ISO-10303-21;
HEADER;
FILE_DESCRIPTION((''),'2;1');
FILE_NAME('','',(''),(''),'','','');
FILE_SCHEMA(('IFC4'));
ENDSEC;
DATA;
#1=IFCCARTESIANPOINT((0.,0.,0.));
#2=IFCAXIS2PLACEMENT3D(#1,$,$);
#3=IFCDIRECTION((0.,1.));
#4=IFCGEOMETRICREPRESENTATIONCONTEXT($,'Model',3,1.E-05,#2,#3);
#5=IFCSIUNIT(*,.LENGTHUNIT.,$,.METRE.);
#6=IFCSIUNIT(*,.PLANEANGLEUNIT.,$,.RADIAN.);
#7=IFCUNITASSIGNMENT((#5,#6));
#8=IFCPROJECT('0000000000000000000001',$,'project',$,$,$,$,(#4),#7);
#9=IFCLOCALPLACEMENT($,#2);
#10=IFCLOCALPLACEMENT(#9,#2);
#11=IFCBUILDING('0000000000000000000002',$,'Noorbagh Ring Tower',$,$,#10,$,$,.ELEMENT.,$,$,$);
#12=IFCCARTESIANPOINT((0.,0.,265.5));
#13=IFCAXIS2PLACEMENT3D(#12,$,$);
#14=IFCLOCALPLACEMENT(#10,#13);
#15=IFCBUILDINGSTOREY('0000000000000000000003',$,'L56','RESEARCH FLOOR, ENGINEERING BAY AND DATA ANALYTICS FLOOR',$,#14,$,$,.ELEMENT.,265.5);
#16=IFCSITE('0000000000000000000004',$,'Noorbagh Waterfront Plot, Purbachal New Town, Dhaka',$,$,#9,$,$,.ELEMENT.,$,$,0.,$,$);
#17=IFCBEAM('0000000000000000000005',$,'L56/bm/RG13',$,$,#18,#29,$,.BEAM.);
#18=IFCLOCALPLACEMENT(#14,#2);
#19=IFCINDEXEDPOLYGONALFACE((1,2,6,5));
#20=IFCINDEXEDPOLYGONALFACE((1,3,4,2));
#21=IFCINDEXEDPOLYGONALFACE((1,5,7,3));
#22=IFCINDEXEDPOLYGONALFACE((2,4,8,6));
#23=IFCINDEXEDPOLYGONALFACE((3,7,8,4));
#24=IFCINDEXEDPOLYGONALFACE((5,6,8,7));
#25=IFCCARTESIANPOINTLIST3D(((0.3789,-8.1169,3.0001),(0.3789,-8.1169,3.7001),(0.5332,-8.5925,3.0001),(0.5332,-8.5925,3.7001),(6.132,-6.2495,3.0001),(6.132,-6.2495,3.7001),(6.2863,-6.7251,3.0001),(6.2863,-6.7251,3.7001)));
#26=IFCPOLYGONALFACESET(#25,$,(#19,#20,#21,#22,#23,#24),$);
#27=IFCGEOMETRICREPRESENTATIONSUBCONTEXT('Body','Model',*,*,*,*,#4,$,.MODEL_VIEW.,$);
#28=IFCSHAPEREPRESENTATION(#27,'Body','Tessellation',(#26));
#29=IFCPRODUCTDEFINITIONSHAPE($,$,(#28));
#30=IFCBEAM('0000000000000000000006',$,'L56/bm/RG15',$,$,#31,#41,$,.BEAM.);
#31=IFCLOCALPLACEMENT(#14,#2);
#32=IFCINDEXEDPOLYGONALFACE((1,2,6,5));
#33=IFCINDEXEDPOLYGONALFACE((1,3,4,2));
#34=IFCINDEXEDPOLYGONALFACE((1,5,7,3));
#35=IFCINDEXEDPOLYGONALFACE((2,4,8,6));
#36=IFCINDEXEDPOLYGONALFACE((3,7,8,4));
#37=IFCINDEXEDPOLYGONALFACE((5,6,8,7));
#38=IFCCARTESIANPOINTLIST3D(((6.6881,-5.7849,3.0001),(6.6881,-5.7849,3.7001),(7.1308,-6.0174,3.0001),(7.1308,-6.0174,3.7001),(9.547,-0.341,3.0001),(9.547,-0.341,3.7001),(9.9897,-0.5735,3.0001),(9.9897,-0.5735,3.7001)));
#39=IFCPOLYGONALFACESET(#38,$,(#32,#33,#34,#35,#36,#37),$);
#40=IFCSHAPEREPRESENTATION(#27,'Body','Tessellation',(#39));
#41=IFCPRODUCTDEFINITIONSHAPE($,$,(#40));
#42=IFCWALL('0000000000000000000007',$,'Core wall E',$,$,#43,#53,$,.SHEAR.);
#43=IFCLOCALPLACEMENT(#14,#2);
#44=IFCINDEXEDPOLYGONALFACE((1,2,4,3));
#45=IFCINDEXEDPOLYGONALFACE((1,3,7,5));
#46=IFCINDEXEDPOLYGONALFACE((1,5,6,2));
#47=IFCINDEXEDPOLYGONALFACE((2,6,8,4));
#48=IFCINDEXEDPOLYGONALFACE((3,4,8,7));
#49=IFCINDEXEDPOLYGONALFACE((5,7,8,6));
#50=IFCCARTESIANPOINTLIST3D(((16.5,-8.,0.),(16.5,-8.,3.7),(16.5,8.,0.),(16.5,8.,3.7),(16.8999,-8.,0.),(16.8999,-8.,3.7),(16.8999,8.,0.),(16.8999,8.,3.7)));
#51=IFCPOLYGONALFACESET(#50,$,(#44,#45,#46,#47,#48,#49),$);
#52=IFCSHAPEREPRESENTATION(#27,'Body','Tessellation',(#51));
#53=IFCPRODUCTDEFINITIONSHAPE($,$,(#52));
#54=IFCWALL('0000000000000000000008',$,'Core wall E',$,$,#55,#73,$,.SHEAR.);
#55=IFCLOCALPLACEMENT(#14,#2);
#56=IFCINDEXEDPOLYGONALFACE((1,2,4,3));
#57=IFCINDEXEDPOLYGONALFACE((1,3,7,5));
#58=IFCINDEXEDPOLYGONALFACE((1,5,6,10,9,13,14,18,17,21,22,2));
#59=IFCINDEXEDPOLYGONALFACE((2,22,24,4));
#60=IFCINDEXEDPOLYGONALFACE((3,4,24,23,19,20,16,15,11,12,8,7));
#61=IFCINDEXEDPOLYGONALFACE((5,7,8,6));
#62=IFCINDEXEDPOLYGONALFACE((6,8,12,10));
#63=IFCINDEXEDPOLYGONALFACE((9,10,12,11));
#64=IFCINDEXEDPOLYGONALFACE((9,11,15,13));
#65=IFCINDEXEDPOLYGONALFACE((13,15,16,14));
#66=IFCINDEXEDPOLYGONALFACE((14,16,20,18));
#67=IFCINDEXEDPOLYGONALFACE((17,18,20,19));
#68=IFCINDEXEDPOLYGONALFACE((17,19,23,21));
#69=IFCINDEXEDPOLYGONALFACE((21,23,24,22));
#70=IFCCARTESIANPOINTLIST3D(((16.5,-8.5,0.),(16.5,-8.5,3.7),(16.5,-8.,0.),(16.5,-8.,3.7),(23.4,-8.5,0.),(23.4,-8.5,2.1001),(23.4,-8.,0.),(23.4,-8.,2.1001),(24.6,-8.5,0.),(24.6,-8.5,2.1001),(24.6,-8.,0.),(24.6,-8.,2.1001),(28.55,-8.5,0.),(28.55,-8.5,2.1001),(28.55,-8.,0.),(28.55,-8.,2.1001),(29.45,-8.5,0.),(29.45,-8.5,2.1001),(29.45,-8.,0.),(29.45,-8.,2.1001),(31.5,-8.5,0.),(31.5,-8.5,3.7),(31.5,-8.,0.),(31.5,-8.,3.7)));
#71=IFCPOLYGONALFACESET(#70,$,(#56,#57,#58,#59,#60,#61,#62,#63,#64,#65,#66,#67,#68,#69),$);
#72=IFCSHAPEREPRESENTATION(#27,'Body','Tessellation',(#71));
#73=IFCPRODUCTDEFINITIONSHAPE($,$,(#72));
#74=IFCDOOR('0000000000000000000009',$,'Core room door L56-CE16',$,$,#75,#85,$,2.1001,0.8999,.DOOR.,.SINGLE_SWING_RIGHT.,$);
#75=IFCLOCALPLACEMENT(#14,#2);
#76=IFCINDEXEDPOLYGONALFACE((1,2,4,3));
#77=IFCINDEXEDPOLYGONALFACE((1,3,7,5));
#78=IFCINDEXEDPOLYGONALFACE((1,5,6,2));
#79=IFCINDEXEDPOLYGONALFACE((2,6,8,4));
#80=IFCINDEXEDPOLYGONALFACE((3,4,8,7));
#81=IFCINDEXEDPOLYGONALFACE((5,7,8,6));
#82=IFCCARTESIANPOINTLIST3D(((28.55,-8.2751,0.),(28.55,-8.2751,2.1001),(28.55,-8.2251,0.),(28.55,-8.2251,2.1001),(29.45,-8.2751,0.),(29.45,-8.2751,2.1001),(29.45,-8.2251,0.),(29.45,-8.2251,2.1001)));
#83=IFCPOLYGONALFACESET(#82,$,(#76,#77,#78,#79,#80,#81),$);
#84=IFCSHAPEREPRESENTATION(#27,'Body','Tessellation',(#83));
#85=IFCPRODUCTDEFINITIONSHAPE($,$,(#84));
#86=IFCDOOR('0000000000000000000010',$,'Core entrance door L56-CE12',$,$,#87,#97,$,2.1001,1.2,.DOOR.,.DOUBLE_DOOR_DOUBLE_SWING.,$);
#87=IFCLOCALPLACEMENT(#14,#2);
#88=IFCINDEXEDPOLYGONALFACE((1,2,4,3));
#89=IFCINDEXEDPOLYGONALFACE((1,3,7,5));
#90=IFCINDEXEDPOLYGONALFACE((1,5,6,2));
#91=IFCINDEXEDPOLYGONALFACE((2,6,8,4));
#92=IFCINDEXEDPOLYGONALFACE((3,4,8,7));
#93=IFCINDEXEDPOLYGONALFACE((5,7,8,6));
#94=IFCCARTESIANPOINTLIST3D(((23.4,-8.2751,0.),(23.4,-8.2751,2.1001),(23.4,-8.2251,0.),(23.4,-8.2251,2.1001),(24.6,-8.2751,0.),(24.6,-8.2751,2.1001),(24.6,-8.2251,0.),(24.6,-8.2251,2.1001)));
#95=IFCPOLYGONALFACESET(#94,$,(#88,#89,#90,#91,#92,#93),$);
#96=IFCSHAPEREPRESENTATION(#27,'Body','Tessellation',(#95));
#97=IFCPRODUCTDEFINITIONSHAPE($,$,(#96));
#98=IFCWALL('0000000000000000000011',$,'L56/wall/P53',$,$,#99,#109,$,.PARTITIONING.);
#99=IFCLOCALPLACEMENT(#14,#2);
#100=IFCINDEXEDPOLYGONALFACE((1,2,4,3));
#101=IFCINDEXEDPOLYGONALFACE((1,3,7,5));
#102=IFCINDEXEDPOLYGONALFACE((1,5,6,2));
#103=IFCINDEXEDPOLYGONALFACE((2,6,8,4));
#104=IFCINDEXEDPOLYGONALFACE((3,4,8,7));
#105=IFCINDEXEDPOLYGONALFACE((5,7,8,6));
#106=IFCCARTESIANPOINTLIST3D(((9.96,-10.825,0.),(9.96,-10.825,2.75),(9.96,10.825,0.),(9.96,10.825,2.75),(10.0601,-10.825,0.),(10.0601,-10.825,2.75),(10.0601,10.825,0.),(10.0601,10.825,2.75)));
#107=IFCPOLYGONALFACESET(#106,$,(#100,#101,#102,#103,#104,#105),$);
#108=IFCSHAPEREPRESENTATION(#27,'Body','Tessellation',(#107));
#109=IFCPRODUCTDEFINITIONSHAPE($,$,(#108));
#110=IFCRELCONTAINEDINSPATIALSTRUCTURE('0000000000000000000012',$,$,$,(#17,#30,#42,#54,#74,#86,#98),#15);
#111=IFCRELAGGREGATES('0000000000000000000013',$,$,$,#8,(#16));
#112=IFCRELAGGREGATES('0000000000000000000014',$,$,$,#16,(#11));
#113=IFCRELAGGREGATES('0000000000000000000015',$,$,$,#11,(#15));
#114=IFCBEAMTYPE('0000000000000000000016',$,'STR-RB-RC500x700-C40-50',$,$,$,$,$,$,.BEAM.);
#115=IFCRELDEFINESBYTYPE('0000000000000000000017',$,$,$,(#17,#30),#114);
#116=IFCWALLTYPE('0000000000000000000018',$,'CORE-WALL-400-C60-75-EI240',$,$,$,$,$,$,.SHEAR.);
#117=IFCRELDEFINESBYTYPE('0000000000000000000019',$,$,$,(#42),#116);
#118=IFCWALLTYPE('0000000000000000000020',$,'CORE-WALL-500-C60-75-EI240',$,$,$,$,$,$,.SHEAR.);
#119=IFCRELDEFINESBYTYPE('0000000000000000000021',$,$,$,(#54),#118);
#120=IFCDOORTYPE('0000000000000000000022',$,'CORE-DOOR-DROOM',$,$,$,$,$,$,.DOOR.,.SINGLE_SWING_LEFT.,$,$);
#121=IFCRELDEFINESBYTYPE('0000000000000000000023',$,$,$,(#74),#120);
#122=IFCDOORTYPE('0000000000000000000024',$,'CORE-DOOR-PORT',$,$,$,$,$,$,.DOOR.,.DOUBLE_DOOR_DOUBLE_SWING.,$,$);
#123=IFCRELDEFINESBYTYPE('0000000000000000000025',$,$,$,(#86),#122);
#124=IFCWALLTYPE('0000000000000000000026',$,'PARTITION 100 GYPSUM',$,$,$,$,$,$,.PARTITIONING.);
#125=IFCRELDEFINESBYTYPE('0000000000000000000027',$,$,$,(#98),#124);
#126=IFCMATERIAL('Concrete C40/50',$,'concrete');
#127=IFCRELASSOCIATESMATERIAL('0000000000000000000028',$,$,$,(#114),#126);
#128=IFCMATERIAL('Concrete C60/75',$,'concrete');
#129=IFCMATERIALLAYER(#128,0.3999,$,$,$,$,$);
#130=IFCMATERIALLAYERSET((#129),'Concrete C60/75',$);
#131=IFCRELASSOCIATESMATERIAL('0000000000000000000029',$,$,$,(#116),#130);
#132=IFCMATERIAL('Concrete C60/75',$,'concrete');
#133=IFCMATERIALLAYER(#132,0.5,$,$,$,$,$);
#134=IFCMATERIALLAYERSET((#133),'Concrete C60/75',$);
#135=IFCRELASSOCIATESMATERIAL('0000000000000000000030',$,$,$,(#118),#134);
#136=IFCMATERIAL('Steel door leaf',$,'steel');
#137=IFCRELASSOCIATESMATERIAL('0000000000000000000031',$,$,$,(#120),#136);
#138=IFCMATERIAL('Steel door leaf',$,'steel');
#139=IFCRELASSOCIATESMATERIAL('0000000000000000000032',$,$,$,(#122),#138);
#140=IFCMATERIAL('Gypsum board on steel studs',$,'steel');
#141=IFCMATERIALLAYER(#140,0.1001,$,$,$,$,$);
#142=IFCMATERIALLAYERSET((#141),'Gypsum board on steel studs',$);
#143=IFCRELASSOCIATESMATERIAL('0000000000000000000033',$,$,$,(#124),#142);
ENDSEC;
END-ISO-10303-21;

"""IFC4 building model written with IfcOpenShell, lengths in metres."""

from ifc_helpers import new_model, si_unit, direction, frame, frame_2d, origin, origin_2d, place, context, subcontext, project, spatial, rectangle, extrude, material, layer, layer_set, material_profile, profile_set, type_object, element, fill, save


model = new_model("IFC4")

# Units and contexts
model_context = context("Model", 3, precision=1e-05, world=origin(), true_north=direction((0.0, 1.0)))
body_context = subcontext(model_context, "Body", "Model", "MODEL_VIEW")
ifc_project = project(units=[si_unit("LENGTHUNIT", "METRE"), si_unit("PLANEANGLEUNIT", "RADIAN")], contexts=[model_context])

# Site, building, storey
site_placement = place(None, origin())
site = spatial("IfcSite", under=ifc_project, at=site_placement, Name="Noorbagh Waterfront Plot, Purbachal New Town, Dhaka", CompositionType="ELEMENT", RefElevation=0.0)
building_placement = place(site_placement, origin())
building = spatial("IfcBuilding", under=site, at=building_placement, Name="Noorbagh Ring Tower", CompositionType="ELEMENT")
storey_placement = place(building_placement, frame((0.0, 0.0, 265.5)))
storey = spatial("IfcBuildingStorey", under=building, at=storey_placement, Name="L56", Description="RESEARCH FLOOR, ENGINEERING BAY AND DATA ANALYTICS FLOOR", CompositionType="ELEMENT", Elevation=265.5)

# Beams
ifc_material_1 = material(Name="Concrete C40/50", Category="concrete")
ifc_material_profile_1 = material_profile(ifc_material_1, rectangle(XDim=0.5, YDim=0.7, at=origin_2d()), Name="RC500x700")
ifc_profile_set_1 = profile_set([ifc_material_profile_1], Name="Concrete C40/50")
beam_type = type_object("IfcBeamType", Name="STR-RB-RC500x700-C40-50", PredefinedType="BEAM", material=ifc_profile_set_1)
beam_1_placement = place(storey_placement, frame((0.4561, -8.3547, 3.3501), z_axis=(0.951148, 0.308735, 0.0), x_axis=(-0.308735, 0.951148, 0.0)))
element("IfcBeam", 1, at=beam_1_placement, inside=storey, type_object=beam_type, Name="L56/bm/RG13", PredefinedType="BEAM", context=body_context, shape_type="SweptSolid", body=[
    extrude(rectangle(XDim=0.5, YDim=0.7, at=origin_2d()), origin(), (0.0, 0.0, 1.0), 6.0486),
])
beam_2_placement = place(storey_placement, frame((6.9094, -5.9011, 3.3501), z_axis=(0.464944, 0.88534, 0.0), x_axis=(-0.88534, 0.464944, 0.0)))
element("IfcBeam", 2, at=beam_2_placement, inside=storey, type_object=beam_type, Name="L56/bm/RG15", PredefinedType="BEAM", context=body_context, shape_type="SweptSolid", body=[
    extrude(rectangle(XDim=0.5, YDim=0.7, at=origin_2d()), origin(), (0.0, 0.0, 1.0), 6.1489),
])

# Wall
ifc_material_2 = material(Name="Concrete C60/75", Category="concrete")
ifc_layer_1 = layer(ifc_material_2, 0.3999)
ifc_layer_set_1 = layer_set([ifc_layer_1], Name="Concrete C60/75")
wall_type_1 = type_object("IfcWallType", Name="CORE-WALL-400-C60-75-EI240", PredefinedType="SHEAR", material=ifc_layer_set_1)
wall_1_placement = place(storey_placement, frame((16.7, -8.0, 0.0), z_axis=(0.0, 0.0, 1.0), x_axis=(0.0, 1.0, 0.0)))
element("IfcWall", 3, at=wall_1_placement, inside=storey, type_object=wall_type_1, Name="Core wall E", PredefinedType="SHEAR", context=body_context, shape_type="SweptSolid", body=[
    extrude(rectangle(XDim=16.0, YDim=0.3999, at=frame_2d((8.0, 0.0))), origin(), (0.0, 0.0, 1.0), 3.7),
])

# Wall, openings, doors
ifc_material_3 = material(Name="Concrete C60/75", Category="concrete")
ifc_layer_2 = layer(ifc_material_3, 0.5)
ifc_layer_set_2 = layer_set([ifc_layer_2], Name="Concrete C60/75")
wall_type_2 = type_object("IfcWallType", Name="CORE-WALL-500-C60-75-EI240", PredefinedType="SHEAR", material=ifc_layer_set_2)
wall_2_placement = place(storey_placement, frame((16.5, -8.25, 0.0), z_axis=(0.0, 0.0, 1.0), x_axis=(1.0, 0.0, 0.0)))
wall_2 = element("IfcWall", 4, at=wall_2_placement, inside=storey, type_object=wall_type_2, Name="Core wall E", PredefinedType="SHEAR", context=body_context, shape_type="SweptSolid", body=[
    extrude(rectangle(XDim=15.0, YDim=0.5, at=frame_2d((7.5, 0.0))), origin(), (0.0, 0.0, 1.0), 3.7),
])
opening_1_placement = place(wall_2_placement, frame((6.8999, 0.0, 0.0)))
opening_1 = element("IfcOpeningElement", 5, at=opening_1_placement, cuts=wall_2, PredefinedType="OPENING", context=body_context, shape_type="SweptSolid", body=[
    extrude(rectangle(XDim=1.2, YDim=2.1001, at=frame_2d((0.6001, 1.05))), frame((0.0, 0.26, 0.0), z_axis=(0.0, -1.0, 0.0), x_axis=(1.0, 0.0, 0.0)), (0.0, 0.0, 1.0), 0.52),
])
opening_2_placement = place(wall_2_placement, frame((12.05, 0.0, 0.0)))
opening_2 = element("IfcOpeningElement", 6, at=opening_2_placement, cuts=wall_2, PredefinedType="OPENING", context=body_context, shape_type="SweptSolid", body=[
    extrude(rectangle(XDim=0.8999, YDim=2.1001, at=frame_2d((0.45, 1.05))), frame((0.0, 0.26, 0.0), z_axis=(0.0, -1.0, 0.0), x_axis=(1.0, 0.0, 0.0)), (0.0, 0.0, 1.0), 0.52),
])
ifc_material_4 = material(Name="Steel door leaf", Category="steel")
door_type_1 = type_object("IfcDoorType", Name="CORE-DOOR-DROOM", OperationType="SINGLE_SWING_LEFT", PredefinedType="DOOR", material=ifc_material_4)
door_1_placement = place(opening_2_placement, origin())
door_1 = element("IfcDoor", 7, at=door_1_placement, inside=storey, type_object=door_type_1, Name="Core room door L56-CE16", OperationType="SINGLE_SWING_RIGHT", OverallHeight=2.1001, OverallWidth=0.8999, PredefinedType="DOOR", context=body_context, shape_type="SweptSolid", body=[
    extrude(rectangle(XDim=0.8999, YDim=2.1001, at=frame_2d((0.45, 1.05))), frame((0.0, 0.0249, 0.0), z_axis=(0.0, -1.0, 0.0), x_axis=(1.0, 0.0, 0.0)), (0.0, 0.0, 1.0), 0.05),
])
fill(opening_2, door_1)
ifc_material_5 = material(Name="Steel door leaf", Category="steel")
door_type_2 = type_object("IfcDoorType", Name="CORE-DOOR-PORT", OperationType="DOUBLE_DOOR_DOUBLE_SWING", PredefinedType="DOOR", material=ifc_material_5)
door_2_placement = place(opening_1_placement, origin())
door_2 = element("IfcDoor", 8, at=door_2_placement, inside=storey, type_object=door_type_2, Name="Core entrance door L56-CE12", OperationType="DOUBLE_DOOR_DOUBLE_SWING", OverallHeight=2.1001, OverallWidth=1.2, PredefinedType="DOOR", context=body_context, shape_type="SweptSolid", body=[
    extrude(rectangle(XDim=1.2, YDim=2.1001, at=frame_2d((0.6001, 1.05))), frame((0.0, 0.0249, 0.0), z_axis=(0.0, -1.0, 0.0), x_axis=(1.0, 0.0, 0.0)), (0.0, 0.0, 1.0), 0.05),
])
fill(opening_1, door_2)

# Wall
ifc_material_6 = material(Name="Gypsum board on steel studs", Category="steel")
ifc_layer_3 = layer(ifc_material_6, 0.1001)
ifc_layer_set_3 = layer_set([ifc_layer_3], Name="Gypsum board on steel studs")
wall_type_3 = type_object("IfcWallType", Name="PARTITION 100 GYPSUM", PredefinedType="PARTITIONING", material=ifc_layer_set_3)
wall_3_placement = place(storey_placement, frame((10.01, -10.825, 0.0), z_axis=(0.0, 0.0, 1.0), x_axis=(0.0, 1.0, 0.0)))
element("IfcWall", 9, at=wall_3_placement, inside=storey, type_object=wall_type_3, Name="L56/wall/P53", PredefinedType="PARTITIONING", context=body_context, shape_type="SweptSolid", body=[
    extrude(rectangle(XDim=21.6499, YDim=0.1001, at=frame_2d((10.825, 0.0))), origin(), (0.0, 0.0, 1.0), 2.75),
])

save(model, "model.ifc")
